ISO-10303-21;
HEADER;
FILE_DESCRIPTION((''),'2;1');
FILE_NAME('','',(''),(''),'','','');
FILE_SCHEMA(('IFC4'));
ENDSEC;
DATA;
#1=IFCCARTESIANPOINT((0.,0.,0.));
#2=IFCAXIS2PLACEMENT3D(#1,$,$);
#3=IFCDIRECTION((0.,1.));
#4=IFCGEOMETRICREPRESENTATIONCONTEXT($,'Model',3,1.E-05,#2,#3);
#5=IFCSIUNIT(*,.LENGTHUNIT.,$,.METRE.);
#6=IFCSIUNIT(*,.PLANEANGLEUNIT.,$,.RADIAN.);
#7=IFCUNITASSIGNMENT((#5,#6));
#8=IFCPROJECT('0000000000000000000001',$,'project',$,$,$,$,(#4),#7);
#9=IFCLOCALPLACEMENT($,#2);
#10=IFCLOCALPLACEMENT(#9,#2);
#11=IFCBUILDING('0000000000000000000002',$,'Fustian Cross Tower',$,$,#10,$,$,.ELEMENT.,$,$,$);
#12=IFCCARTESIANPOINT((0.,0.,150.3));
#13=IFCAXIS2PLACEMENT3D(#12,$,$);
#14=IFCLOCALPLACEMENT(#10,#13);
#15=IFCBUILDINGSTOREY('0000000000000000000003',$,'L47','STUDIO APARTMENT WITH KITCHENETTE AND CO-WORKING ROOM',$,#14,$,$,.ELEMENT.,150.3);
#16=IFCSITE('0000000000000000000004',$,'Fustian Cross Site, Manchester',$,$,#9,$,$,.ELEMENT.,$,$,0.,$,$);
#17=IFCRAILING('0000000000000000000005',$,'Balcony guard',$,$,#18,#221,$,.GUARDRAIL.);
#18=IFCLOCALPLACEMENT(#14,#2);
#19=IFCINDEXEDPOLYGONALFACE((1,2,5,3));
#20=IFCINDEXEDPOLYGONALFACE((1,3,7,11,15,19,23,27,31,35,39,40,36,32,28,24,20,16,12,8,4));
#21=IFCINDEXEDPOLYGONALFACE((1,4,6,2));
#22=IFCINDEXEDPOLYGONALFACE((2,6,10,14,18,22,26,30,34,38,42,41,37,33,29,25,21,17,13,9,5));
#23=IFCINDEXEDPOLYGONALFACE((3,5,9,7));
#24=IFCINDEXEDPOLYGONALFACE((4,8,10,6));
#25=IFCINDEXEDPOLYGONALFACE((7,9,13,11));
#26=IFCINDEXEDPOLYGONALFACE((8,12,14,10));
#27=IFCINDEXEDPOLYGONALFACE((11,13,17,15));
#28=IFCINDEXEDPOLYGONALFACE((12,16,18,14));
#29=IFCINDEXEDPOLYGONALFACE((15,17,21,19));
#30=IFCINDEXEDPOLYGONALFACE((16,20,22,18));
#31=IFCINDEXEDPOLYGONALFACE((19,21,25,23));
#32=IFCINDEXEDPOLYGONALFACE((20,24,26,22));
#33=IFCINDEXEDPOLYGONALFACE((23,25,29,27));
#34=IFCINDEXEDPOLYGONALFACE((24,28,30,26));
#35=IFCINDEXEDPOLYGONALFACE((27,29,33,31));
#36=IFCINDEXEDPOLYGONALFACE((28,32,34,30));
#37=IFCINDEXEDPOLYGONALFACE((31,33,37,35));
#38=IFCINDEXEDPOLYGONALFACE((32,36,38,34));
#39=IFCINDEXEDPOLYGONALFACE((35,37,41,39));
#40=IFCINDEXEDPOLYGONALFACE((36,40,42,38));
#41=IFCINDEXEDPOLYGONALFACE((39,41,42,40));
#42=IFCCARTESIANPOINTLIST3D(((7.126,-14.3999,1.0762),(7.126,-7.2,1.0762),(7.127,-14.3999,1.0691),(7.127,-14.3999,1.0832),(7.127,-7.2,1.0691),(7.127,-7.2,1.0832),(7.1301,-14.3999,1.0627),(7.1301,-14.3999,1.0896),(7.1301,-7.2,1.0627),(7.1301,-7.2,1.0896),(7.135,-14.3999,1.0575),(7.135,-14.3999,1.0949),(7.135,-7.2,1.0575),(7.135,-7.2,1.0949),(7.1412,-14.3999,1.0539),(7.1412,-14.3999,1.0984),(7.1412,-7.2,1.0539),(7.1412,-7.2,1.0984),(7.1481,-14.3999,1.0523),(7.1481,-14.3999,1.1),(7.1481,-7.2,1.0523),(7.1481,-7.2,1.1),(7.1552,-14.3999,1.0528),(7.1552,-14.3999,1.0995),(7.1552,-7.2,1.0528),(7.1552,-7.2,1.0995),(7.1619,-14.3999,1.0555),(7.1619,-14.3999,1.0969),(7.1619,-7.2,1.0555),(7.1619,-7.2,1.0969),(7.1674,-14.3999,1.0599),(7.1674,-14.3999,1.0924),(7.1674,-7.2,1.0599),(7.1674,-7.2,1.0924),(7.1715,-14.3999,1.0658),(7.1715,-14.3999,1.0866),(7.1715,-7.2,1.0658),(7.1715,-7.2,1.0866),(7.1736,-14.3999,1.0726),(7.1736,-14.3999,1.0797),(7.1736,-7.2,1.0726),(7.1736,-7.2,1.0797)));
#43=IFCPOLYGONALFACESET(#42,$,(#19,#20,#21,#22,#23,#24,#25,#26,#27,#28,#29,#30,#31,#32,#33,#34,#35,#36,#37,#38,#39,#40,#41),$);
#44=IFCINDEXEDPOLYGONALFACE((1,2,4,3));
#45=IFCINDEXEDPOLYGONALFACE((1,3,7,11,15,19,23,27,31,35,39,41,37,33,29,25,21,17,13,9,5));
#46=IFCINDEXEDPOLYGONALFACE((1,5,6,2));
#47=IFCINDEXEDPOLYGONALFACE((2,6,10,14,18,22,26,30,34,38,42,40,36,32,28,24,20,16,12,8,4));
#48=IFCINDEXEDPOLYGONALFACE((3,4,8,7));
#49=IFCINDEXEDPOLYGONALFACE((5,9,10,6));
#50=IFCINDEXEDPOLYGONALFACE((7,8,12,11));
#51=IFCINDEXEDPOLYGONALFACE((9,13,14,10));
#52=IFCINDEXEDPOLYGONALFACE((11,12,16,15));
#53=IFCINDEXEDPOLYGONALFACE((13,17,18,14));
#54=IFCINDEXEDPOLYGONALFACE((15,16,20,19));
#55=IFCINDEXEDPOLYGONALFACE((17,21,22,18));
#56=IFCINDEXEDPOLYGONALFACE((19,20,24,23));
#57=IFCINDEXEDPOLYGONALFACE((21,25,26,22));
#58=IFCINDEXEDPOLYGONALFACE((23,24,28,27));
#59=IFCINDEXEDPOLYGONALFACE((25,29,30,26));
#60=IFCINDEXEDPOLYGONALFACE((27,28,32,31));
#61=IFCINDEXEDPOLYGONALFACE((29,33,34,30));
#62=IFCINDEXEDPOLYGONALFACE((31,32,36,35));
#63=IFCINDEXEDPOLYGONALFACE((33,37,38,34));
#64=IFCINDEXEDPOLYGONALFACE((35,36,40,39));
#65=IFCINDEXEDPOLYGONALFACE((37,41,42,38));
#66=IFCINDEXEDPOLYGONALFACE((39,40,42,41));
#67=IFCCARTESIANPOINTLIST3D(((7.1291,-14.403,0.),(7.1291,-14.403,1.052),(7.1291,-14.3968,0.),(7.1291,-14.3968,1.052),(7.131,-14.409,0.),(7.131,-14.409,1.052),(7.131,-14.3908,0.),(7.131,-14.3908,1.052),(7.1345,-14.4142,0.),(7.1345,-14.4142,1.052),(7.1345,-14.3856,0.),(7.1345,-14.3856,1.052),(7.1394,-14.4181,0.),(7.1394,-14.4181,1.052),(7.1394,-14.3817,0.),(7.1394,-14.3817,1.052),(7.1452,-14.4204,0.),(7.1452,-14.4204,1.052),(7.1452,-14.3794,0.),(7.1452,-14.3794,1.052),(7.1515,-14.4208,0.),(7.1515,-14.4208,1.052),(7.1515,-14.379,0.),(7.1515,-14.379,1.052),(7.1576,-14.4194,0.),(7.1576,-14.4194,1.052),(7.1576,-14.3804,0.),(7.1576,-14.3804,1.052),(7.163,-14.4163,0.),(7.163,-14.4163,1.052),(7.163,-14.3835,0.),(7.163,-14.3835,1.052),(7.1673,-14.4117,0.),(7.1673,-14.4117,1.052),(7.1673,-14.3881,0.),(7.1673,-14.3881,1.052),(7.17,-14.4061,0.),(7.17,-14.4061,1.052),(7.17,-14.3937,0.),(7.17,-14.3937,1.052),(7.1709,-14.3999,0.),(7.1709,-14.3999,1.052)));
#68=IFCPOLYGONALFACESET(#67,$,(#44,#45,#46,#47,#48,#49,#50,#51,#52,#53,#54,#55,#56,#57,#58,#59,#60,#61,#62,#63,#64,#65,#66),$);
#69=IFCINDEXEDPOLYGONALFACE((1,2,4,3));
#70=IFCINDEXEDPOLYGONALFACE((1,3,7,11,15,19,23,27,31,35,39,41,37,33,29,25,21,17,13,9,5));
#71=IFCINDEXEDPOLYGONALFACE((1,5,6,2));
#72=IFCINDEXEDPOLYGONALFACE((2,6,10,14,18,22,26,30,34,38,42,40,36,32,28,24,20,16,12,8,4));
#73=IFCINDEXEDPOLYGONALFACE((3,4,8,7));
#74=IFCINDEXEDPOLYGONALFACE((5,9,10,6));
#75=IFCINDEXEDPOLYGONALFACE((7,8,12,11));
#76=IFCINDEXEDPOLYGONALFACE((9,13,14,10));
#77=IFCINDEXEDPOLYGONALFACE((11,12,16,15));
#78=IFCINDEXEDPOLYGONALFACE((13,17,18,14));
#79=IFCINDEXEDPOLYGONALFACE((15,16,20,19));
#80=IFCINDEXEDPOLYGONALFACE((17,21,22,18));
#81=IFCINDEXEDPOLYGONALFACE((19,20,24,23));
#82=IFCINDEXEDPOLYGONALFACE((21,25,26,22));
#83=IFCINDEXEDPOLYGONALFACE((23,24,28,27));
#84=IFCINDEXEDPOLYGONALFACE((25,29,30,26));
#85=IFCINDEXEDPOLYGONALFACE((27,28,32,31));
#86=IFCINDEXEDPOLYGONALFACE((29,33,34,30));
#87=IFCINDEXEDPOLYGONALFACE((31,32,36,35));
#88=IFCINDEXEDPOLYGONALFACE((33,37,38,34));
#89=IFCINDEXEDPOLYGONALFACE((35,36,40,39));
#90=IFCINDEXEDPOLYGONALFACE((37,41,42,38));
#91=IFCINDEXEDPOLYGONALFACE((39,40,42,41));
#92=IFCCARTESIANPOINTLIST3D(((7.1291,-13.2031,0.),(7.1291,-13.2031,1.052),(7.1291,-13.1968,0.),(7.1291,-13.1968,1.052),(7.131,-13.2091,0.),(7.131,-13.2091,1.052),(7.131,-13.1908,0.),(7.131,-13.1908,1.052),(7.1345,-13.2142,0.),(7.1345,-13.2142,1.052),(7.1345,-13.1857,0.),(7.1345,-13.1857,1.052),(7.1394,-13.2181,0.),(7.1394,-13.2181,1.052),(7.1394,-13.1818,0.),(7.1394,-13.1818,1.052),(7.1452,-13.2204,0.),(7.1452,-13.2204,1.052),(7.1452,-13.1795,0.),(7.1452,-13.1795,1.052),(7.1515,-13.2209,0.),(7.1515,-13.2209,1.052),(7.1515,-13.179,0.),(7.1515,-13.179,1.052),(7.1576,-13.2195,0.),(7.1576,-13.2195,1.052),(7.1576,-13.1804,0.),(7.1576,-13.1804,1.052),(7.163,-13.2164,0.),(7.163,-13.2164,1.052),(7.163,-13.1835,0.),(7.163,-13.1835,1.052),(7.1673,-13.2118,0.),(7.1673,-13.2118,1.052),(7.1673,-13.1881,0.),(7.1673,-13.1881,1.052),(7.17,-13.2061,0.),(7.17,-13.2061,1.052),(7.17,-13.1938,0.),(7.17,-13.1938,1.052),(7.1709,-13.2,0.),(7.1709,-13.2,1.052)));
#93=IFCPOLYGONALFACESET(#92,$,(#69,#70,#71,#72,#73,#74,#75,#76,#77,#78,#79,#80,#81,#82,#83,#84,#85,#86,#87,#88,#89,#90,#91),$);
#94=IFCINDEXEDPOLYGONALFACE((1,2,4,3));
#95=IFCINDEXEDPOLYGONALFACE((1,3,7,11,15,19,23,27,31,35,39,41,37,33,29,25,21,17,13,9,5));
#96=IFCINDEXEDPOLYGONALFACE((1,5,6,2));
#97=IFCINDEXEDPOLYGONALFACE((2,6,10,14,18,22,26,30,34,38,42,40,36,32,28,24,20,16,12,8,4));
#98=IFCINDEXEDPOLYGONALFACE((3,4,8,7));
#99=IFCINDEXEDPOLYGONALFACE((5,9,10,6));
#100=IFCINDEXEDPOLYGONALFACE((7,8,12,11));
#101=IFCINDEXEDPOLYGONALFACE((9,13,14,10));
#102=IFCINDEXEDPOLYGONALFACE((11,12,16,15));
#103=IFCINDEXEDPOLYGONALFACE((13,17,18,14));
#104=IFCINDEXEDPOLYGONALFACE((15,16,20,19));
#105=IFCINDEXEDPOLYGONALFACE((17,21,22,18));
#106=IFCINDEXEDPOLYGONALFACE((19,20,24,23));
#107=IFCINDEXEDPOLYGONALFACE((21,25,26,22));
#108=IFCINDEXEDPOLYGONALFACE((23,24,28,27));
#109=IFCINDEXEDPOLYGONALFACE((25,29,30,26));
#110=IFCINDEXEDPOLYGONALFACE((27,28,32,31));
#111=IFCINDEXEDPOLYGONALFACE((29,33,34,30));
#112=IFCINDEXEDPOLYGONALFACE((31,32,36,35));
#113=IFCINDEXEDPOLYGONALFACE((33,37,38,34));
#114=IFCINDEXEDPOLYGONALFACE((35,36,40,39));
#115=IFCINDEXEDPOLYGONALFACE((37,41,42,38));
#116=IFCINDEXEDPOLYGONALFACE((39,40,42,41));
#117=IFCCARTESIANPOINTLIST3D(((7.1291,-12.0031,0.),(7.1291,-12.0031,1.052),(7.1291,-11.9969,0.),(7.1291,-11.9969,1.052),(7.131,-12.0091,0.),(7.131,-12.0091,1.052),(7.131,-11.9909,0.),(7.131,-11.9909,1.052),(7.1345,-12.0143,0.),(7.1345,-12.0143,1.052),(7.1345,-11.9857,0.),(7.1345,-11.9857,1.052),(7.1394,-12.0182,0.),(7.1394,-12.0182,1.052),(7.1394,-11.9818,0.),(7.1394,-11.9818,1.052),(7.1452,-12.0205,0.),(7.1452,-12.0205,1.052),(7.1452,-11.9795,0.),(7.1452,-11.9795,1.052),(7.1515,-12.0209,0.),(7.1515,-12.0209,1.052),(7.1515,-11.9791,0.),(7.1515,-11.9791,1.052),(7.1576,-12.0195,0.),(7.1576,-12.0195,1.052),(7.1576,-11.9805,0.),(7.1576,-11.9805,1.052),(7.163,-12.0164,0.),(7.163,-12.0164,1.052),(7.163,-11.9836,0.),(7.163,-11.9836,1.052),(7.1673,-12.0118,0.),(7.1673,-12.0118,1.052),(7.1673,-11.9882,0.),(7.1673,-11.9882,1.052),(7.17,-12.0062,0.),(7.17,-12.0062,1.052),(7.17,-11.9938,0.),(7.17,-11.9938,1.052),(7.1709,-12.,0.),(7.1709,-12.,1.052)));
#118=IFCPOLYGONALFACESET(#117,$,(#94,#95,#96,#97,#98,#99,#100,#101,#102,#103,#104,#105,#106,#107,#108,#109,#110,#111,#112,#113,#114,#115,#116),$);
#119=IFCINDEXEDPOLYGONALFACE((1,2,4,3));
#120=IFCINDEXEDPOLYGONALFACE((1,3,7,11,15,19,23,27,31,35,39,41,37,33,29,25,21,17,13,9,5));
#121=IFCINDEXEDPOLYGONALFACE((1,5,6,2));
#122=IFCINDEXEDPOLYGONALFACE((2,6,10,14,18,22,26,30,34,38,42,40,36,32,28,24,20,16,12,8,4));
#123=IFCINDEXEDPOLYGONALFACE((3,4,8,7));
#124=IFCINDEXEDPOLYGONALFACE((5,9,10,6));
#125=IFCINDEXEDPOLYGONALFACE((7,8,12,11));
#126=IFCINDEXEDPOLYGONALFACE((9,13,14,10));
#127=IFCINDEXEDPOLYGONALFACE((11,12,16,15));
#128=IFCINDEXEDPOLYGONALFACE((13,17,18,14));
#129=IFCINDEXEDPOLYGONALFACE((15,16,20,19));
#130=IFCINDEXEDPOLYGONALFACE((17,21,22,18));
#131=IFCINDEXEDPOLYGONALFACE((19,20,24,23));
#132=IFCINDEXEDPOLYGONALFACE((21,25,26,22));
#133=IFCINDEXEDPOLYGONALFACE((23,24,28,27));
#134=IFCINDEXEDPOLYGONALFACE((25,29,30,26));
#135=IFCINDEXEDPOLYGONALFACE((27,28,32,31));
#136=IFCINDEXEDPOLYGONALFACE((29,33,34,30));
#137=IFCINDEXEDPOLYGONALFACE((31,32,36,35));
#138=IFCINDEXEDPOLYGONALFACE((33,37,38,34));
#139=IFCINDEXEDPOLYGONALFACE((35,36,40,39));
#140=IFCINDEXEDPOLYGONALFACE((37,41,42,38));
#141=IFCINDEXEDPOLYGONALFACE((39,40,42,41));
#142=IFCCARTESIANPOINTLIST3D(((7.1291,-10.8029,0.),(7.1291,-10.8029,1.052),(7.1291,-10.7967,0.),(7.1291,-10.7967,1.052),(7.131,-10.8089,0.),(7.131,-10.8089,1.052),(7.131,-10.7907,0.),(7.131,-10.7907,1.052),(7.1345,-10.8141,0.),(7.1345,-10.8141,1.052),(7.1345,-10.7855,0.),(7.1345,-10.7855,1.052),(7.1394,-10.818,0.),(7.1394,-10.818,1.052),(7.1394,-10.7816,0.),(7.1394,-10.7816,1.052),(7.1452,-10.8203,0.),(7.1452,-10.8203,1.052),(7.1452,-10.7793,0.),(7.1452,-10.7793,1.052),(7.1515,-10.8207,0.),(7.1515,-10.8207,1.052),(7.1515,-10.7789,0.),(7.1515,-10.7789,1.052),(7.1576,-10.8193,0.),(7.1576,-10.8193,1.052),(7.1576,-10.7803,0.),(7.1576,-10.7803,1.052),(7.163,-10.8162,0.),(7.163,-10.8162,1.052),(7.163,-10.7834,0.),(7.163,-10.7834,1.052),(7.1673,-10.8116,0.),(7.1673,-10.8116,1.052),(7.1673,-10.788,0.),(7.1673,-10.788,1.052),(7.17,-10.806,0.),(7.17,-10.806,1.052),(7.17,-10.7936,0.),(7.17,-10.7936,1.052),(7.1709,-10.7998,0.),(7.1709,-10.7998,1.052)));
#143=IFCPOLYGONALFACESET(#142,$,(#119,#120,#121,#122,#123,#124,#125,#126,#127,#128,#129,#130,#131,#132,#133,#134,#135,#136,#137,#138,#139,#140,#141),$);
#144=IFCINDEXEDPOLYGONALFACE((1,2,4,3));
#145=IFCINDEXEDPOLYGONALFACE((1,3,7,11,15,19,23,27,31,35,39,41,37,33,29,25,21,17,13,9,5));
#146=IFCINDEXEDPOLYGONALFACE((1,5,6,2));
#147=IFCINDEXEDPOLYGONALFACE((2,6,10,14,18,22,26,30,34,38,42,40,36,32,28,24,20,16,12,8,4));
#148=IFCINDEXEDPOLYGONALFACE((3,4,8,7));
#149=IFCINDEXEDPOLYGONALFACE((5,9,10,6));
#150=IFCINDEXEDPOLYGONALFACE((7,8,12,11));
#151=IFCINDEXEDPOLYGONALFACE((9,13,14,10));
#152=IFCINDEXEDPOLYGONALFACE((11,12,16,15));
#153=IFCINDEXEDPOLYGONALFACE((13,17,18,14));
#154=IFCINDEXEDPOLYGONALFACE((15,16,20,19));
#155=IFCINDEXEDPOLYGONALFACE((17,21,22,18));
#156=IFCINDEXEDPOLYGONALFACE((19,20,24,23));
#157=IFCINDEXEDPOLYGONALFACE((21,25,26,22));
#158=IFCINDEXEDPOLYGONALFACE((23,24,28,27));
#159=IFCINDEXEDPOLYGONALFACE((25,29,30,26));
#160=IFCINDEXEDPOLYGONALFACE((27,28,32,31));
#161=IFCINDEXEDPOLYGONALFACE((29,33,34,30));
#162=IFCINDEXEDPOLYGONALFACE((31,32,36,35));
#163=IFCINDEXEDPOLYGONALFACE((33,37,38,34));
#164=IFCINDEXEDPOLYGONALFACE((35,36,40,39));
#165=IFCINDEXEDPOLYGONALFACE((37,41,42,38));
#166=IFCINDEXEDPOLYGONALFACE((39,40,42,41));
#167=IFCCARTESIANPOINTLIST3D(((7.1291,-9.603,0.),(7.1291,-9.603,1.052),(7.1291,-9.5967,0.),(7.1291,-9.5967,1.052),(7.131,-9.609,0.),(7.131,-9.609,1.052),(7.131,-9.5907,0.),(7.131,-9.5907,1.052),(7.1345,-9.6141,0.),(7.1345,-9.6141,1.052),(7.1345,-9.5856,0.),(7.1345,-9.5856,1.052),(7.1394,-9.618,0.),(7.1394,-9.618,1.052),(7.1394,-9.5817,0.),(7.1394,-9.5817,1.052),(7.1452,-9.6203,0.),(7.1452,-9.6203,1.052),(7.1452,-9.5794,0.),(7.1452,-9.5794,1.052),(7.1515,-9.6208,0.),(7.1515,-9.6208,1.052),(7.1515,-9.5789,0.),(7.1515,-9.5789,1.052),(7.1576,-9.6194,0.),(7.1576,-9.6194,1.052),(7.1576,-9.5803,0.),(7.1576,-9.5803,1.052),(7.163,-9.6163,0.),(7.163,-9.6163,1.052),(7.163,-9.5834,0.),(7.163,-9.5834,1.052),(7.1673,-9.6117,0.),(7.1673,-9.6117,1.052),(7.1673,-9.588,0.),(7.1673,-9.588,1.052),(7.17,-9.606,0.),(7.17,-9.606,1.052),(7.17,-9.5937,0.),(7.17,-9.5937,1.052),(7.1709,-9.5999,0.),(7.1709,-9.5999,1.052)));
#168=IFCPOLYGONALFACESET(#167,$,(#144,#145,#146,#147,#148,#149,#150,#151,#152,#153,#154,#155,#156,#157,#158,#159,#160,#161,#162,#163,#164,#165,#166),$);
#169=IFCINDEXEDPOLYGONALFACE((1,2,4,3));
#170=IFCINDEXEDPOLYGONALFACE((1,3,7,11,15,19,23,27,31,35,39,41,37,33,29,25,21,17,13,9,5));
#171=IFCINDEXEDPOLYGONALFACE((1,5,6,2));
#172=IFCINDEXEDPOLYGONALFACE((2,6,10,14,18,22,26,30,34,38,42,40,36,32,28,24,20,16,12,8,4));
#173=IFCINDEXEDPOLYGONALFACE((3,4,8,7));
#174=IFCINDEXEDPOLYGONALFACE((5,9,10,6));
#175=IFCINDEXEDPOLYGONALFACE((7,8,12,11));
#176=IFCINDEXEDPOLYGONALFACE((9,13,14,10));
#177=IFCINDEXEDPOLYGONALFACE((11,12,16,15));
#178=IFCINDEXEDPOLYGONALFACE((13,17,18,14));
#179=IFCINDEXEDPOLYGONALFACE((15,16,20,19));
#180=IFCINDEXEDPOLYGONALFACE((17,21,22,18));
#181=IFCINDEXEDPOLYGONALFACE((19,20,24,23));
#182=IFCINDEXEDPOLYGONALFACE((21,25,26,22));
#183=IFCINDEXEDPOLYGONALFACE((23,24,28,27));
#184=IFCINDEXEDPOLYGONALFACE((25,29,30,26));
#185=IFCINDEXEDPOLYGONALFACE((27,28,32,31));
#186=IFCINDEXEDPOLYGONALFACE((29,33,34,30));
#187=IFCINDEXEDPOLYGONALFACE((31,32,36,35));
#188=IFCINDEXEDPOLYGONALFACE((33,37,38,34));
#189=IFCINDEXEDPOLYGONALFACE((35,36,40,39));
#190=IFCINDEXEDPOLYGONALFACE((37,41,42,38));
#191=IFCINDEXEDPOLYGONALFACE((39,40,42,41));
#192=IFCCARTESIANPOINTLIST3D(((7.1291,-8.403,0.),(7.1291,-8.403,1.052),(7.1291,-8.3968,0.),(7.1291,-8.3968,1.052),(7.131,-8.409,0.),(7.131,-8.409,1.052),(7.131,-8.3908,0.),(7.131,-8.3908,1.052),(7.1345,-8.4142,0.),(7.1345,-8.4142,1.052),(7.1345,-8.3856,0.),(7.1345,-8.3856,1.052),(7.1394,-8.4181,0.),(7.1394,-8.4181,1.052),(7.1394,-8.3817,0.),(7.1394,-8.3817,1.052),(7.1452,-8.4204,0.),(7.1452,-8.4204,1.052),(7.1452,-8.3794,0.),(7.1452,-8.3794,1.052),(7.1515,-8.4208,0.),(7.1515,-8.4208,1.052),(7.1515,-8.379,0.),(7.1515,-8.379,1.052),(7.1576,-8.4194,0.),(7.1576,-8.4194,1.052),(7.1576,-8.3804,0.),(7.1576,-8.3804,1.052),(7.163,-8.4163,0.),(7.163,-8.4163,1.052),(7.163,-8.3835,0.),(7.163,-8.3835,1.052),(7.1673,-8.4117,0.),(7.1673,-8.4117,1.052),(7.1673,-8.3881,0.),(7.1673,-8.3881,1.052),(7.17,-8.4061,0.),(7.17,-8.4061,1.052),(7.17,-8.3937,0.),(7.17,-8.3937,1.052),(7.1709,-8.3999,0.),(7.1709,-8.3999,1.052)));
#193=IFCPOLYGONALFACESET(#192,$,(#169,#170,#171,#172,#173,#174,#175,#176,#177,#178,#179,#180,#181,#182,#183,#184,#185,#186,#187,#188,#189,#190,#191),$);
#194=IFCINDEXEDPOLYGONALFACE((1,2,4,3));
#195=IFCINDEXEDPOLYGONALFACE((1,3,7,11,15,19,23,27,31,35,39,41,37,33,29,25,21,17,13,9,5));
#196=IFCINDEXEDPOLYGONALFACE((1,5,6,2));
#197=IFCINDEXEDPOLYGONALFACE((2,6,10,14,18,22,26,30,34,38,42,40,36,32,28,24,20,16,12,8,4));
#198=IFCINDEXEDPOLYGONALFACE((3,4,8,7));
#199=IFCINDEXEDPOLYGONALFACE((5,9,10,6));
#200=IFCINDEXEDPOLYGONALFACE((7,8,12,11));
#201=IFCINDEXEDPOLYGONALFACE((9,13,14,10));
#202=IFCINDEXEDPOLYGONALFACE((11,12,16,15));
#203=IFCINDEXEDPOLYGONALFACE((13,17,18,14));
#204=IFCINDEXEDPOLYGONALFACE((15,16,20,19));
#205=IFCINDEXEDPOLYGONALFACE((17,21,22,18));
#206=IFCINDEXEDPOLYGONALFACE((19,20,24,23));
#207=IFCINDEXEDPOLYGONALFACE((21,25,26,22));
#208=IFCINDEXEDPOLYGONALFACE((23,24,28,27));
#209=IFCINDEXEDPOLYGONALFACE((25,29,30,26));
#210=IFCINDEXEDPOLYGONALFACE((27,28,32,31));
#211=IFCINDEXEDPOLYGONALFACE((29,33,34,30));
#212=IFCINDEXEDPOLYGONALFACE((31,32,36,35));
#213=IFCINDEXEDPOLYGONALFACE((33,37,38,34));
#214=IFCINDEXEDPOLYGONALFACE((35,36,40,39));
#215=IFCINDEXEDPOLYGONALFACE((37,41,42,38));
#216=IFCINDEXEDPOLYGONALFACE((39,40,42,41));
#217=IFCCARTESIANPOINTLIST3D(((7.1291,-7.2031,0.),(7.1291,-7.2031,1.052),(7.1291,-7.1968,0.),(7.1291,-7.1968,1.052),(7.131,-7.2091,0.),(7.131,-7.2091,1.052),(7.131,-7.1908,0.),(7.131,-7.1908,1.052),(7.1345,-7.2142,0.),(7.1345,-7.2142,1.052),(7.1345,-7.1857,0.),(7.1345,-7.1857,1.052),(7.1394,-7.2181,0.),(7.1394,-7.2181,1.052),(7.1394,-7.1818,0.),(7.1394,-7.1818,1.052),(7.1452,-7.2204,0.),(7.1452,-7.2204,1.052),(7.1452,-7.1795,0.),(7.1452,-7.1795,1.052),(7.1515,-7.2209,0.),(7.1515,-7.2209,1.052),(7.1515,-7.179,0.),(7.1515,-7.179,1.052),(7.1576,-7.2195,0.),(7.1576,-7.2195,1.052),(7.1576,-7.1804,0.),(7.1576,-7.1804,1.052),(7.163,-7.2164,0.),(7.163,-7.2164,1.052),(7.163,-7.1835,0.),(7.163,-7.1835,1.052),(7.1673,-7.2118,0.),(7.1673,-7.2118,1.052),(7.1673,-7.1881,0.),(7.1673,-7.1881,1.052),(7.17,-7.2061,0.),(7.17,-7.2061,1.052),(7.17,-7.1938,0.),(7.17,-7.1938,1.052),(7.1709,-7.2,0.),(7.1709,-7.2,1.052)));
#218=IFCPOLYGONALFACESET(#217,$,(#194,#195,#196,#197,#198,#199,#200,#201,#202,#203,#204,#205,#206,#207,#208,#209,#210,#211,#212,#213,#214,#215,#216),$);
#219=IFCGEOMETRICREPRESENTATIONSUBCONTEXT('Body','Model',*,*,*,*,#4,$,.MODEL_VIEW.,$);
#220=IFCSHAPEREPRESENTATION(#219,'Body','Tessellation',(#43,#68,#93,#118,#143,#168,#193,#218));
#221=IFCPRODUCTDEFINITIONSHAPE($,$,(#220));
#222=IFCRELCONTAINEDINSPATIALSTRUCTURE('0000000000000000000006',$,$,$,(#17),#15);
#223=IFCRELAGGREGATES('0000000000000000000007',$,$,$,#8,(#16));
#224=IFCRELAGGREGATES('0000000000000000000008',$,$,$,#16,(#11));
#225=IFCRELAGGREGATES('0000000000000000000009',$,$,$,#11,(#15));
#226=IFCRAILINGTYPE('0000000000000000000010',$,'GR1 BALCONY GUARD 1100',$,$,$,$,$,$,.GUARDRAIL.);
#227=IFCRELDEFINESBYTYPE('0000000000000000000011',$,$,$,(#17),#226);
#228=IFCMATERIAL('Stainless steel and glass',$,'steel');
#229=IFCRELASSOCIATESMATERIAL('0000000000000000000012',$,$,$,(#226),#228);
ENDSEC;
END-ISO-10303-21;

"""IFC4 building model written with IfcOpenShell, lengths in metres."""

from ifc_helpers import new_model, si_unit, direction, frame, origin, origin_2d, place, context, subcontext, project, spatial, circle, extrude, material, type_object, element, save


model = new_model("IFC4")

# Units and contexts
model_context = context("Model", 3, precision=1e-05, world=origin(), true_north=direction((0.0, 1.0)))
body_context = subcontext(model_context, "Body", "Model", "MODEL_VIEW")
ifc_project = project(units=[si_unit("LENGTHUNIT", "METRE"), si_unit("PLANEANGLEUNIT", "RADIAN")], contexts=[model_context])

# Site, building, storey
site_placement = place(None, origin())
site = spatial("IfcSite", under=ifc_project, at=site_placement, Name="Fustian Cross Site, Manchester", CompositionType="ELEMENT", RefElevation=0.0)
building_placement = place(site_placement, origin())
building = spatial("IfcBuilding", under=site, at=building_placement, Name="Fustian Cross Tower", CompositionType="ELEMENT")
storey_placement = place(building_placement, frame((0.0, 0.0, 150.3)))
storey = spatial("IfcBuildingStorey", under=building, at=storey_placement, Name="L47", Description="STUDIO APARTMENT WITH KITCHENETTE AND CO-WORKING ROOM", CompositionType="ELEMENT", Elevation=150.3)

# Railing
ifc_material_1 = material(Name="Stainless steel and glass", Category="steel")
railing_type = type_object("IfcRailingType", Name="GR1 BALCONY GUARD 1100", PredefinedType="GUARDRAIL", material=ifc_material_1)
railing_placement = place(storey_placement, frame((7.1499, -14.3999, 0.0)))
element("IfcRailing", 1, at=railing_placement, inside=storey, type_object=railing_type, Name="Balcony guard", PredefinedType="GUARDRAIL", context=body_context, shape_type="SweptSolid", body=[
    extrude(circle(Radius=0.0239, at=origin_2d()), frame((0.0, 0.0, 1.0762), z_axis=(0.0, 1.0, 0.0), x_axis=(-1.0, 0.0, 0.0)), (0.0, 0.0, 1.0), 7.2),
    extrude(circle(Radius=0.021, at=origin_2d()), origin(), (0.0, 0.0, 1.0), 1.052),
    extrude(circle(Radius=0.021, at=origin_2d()), frame((0.0, 1.2, 0.0)), (0.0, 0.0, 1.0), 1.052),
    extrude(circle(Radius=0.021, at=origin_2d()), frame((0.0, 2.3999, 0.0)), (0.0, 0.0, 1.0), 1.052),
    extrude(circle(Radius=0.021, at=origin_2d()), frame((0.0, 3.6001, 0.0)), (0.0, 0.0, 1.0), 1.052),
    extrude(circle(Radius=0.021, at=origin_2d()), frame((0.0, 4.8, 0.0)), (0.0, 0.0, 1.0), 1.052),
    extrude(circle(Radius=0.021, at=origin_2d()), frame((0.0, 6.0, 0.0)), (0.0, 0.0, 1.0), 1.052),
    extrude(circle(Radius=0.021, at=origin_2d()), frame((0.0, 7.2, 0.0)), (0.0, 0.0, 1.0), 1.052),
])

save(model, "model.ifc")
